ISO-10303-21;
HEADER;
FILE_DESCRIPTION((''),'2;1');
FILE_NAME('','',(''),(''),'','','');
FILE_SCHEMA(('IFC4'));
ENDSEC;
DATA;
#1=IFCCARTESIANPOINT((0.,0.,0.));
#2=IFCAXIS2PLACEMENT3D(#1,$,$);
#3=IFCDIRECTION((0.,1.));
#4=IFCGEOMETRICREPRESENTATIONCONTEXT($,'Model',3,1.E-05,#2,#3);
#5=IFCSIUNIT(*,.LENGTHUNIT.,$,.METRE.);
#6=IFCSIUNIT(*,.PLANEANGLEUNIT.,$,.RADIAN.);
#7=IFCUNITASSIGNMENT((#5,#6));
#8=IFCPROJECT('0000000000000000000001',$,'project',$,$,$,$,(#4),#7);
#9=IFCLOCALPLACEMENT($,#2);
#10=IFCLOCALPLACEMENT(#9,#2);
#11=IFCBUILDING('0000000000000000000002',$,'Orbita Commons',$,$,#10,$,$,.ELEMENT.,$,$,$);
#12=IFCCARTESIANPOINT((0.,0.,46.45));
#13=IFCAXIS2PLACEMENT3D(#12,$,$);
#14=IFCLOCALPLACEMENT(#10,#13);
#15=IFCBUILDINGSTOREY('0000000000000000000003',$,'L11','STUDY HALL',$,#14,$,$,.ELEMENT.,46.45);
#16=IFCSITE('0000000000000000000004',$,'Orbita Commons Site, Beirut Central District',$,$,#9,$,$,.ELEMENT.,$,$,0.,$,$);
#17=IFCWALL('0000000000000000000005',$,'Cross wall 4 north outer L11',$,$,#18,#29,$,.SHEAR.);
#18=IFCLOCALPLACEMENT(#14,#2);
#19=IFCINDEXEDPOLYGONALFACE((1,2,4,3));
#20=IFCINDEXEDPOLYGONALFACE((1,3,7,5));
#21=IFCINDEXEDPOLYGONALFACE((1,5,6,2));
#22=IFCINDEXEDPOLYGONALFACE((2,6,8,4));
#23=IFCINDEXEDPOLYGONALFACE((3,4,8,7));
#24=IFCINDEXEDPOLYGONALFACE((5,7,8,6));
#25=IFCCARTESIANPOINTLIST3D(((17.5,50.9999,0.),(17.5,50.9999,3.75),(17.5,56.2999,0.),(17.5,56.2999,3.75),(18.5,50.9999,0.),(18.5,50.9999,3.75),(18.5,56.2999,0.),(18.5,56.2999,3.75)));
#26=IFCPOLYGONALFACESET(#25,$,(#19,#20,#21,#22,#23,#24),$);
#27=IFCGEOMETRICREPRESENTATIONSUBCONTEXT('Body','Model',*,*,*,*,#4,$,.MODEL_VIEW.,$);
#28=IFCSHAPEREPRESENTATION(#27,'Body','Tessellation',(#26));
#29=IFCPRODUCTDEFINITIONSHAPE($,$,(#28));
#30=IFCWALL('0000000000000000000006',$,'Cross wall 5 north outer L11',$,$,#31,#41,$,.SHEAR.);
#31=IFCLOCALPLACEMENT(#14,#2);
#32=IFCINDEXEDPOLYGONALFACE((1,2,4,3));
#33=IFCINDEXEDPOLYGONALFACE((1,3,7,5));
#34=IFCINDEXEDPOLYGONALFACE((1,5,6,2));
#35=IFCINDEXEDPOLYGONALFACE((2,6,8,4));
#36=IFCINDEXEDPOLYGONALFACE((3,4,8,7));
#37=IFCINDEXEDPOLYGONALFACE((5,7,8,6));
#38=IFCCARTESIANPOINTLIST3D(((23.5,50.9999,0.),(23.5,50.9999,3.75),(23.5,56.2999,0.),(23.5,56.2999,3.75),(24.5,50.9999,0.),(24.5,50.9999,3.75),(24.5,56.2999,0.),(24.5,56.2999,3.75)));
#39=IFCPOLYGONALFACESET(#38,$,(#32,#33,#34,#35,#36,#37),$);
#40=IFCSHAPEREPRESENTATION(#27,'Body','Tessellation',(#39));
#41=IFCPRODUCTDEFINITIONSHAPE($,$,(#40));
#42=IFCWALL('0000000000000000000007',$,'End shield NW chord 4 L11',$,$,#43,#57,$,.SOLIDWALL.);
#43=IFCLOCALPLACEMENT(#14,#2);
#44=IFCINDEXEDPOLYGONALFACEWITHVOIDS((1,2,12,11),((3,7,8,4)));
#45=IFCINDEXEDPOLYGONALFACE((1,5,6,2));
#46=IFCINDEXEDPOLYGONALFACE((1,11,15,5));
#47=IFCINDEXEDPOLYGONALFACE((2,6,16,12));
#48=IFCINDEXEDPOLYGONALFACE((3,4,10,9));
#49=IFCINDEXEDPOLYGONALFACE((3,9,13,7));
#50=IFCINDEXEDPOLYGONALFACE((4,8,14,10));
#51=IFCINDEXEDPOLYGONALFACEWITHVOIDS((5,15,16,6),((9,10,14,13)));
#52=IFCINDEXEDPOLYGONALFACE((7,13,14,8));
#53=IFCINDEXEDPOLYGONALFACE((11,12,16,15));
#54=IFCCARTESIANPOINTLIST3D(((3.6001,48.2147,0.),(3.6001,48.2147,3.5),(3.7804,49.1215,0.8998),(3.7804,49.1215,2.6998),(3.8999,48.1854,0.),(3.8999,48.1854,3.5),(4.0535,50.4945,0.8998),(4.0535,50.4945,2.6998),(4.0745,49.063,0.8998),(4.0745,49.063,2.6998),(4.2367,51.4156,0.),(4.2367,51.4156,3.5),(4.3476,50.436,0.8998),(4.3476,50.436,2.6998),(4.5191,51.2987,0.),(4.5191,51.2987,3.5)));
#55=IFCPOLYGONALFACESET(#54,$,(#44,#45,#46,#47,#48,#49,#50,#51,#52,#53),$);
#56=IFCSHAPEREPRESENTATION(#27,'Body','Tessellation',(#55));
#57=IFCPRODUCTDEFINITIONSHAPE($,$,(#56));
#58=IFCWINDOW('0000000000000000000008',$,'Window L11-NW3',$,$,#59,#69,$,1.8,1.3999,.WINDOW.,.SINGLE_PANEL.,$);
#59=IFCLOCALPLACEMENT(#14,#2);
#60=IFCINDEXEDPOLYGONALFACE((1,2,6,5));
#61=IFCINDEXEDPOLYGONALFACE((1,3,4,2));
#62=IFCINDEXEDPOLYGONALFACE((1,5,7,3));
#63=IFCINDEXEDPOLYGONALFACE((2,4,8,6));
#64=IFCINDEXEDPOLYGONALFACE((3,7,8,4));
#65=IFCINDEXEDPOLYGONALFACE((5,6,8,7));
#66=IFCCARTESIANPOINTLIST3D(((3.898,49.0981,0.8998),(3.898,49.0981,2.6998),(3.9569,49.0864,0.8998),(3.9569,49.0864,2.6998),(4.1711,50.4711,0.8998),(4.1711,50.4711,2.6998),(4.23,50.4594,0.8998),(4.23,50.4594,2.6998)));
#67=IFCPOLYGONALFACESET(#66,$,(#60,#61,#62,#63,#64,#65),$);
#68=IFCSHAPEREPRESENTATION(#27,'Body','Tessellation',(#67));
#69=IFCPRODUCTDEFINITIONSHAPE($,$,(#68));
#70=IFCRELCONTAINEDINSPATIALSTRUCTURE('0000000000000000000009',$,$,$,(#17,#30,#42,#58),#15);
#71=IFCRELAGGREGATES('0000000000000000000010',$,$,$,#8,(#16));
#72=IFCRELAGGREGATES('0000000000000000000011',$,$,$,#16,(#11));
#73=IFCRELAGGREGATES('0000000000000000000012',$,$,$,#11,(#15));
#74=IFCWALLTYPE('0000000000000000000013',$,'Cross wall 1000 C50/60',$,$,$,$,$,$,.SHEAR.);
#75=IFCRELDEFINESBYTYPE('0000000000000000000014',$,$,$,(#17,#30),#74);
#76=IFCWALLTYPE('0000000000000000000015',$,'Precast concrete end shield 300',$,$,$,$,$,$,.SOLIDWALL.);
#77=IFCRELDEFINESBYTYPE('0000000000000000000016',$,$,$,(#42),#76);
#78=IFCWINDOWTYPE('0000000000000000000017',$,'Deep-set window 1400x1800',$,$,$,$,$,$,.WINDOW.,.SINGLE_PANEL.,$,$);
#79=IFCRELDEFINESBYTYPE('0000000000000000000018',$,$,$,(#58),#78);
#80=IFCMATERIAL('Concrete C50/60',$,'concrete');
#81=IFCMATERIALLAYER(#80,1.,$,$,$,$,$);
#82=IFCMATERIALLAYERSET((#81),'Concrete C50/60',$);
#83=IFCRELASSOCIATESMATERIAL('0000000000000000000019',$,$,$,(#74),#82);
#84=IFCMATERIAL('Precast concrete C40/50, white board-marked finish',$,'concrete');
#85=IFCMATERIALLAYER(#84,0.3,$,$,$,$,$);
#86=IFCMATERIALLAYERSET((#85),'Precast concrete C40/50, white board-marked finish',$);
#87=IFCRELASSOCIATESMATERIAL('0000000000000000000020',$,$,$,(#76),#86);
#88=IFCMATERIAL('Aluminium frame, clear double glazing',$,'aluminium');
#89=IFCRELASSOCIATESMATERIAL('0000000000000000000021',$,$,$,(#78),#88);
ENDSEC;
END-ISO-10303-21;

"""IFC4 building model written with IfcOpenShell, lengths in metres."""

from ifc_helpers import new_model, si_unit, direction, frame, frame_2d, origin, place, context, subcontext, project, spatial, polyline, rectangle, outline, extrude, material, layer, layer_set, type_object, element, fill, save


model = new_model("IFC4")

# Units and contexts
model_context = context("Model", 3, precision=1e-05, world=origin(), true_north=direction((0.0, 1.0)))
body_context = subcontext(model_context, "Body", "Model", "MODEL_VIEW")
ifc_project = project(units=[si_unit("LENGTHUNIT", "METRE"), si_unit("PLANEANGLEUNIT", "RADIAN")], contexts=[model_context])

# Site, building, storey
site_placement = place(None, origin())
site = spatial("IfcSite", under=ifc_project, at=site_placement, Name="Orbita Commons Site, Beirut Central District", CompositionType="ELEMENT", RefElevation=0.0)
building_placement = place(site_placement, origin())
building = spatial("IfcBuilding", under=site, at=building_placement, Name="Orbita Commons", CompositionType="ELEMENT")
storey_placement = place(building_placement, frame((0.0, 0.0, 46.45)))
storey = spatial("IfcBuildingStorey", under=building, at=storey_placement, Name="L11", Description="STUDY HALL", CompositionType="ELEMENT", Elevation=46.45)

# Walls
ifc_material_1 = material(Name="Concrete C50/60", Category="concrete")
ifc_layer_1 = layer(ifc_material_1, 1.0)
ifc_layer_set_1 = layer_set([ifc_layer_1], Name="Concrete C50/60")
wall_type_1 = type_object("IfcWallType", Name="Cross wall 1000 C50/60", PredefinedType="SHEAR", material=ifc_layer_set_1)
for number, where, z_axis, x_axis, name in (
    (1, (18.0, 51.0, 0.0), (0.0, 0.0, 1.0), (0.0, 1.0, 0.0), "Cross wall 4 north outer L11"),
    (2, (24.0, 51.0, 0.0), (0.0, 0.0, 1.0), (0.0, 1.0, 0.0), "Cross wall 5 north outer L11"),
):
    element("IfcWall", number, at=place(storey_placement, frame(where, z_axis=z_axis, x_axis=x_axis)), inside=storey, type_object=wall_type_1, Name=name, PredefinedType="SHEAR", context=body_context, shape_type="SweptSolid", body=[
        extrude(rectangle(XDim=5.3, YDim=1.0, at=frame_2d((2.6499, 0.0))), origin(), (0.0, 0.0, 1.0), 3.75),
    ])

# Wall, opening, window
ifc_material_2 = material(Name="Precast concrete C40/50, white board-marked finish", Category="concrete")
ifc_layer_2 = layer(ifc_material_2, 0.3)
ifc_layer_set_2 = layer_set([ifc_layer_2], Name="Precast concrete C40/50, white board-marked finish")
wall_type_2 = type_object("IfcWallType", Name="Precast concrete end shield 300", PredefinedType="SOLIDWALL", material=ifc_layer_set_2)
wall_1_placement = place(storey_placement, frame((4.3779, 51.3572, 0.0), z_axis=(0.0, 0.0, 1.0), x_axis=(-0.195066, -0.98079, 0.0)))
wall_1 = element("IfcWall", 3, at=wall_1_placement, inside=storey, type_object=wall_type_2, Name="End shield NW chord 4 L11", PredefinedType="SOLIDWALL", context=body_context, shape_type="SweptSolid", body=[
    extrude(outline(polyline([(-0.0298, -0.1499), (3.2339, -0.1499), (3.2041, 0.1499), (0.0298, 0.1499), (-0.0298, -0.1499)])), origin(), (0.0, 0.0, 1.0), 3.5),
])
opening_1_placement = place(wall_1_placement, frame((0.9094, 0.0, 0.8999)))
opening_1 = element("IfcOpeningElement", 4, at=opening_1_placement, cuts=wall_1, PredefinedType="OPENING", context=body_context, shape_type="SweptSolid", body=[
    extrude(rectangle(XDim=1.3999, YDim=1.8, at=frame_2d((0.7, 0.8999))), frame((0.0, 0.1599, 0.0), z_axis=(0.0, -1.0, 0.0), x_axis=(1.0, 0.0, 0.0)), (0.0, 0.0, 1.0), 0.3201),
])
ifc_material_3 = material(Name="Aluminium frame, clear double glazing", Category="aluminium")
window_type = type_object("IfcWindowType", Name="Deep-set window 1400x1800", PartitioningType="SINGLE_PANEL", PredefinedType="WINDOW", material=ifc_material_3)
window_placement = place(opening_1_placement, origin())
window = element("IfcWindow", 5, at=window_placement, inside=storey, type_object=window_type, Name="Window L11-NW3", OverallHeight=1.8, OverallWidth=1.3999, PartitioningType="SINGLE_PANEL", PredefinedType="WINDOW", context=body_context, shape_type="SweptSolid", body=[
    extrude(rectangle(XDim=1.3999, YDim=1.8, at=frame_2d((0.7, 0.8999))), frame((0.0, 0.03, 0.0), z_axis=(0.0, -1.0, 0.0), x_axis=(1.0, 0.0, 0.0)), (0.0, 0.0, 1.0), 0.0601),
])
fill(opening_1, window)

save(model, "model.ifc")
